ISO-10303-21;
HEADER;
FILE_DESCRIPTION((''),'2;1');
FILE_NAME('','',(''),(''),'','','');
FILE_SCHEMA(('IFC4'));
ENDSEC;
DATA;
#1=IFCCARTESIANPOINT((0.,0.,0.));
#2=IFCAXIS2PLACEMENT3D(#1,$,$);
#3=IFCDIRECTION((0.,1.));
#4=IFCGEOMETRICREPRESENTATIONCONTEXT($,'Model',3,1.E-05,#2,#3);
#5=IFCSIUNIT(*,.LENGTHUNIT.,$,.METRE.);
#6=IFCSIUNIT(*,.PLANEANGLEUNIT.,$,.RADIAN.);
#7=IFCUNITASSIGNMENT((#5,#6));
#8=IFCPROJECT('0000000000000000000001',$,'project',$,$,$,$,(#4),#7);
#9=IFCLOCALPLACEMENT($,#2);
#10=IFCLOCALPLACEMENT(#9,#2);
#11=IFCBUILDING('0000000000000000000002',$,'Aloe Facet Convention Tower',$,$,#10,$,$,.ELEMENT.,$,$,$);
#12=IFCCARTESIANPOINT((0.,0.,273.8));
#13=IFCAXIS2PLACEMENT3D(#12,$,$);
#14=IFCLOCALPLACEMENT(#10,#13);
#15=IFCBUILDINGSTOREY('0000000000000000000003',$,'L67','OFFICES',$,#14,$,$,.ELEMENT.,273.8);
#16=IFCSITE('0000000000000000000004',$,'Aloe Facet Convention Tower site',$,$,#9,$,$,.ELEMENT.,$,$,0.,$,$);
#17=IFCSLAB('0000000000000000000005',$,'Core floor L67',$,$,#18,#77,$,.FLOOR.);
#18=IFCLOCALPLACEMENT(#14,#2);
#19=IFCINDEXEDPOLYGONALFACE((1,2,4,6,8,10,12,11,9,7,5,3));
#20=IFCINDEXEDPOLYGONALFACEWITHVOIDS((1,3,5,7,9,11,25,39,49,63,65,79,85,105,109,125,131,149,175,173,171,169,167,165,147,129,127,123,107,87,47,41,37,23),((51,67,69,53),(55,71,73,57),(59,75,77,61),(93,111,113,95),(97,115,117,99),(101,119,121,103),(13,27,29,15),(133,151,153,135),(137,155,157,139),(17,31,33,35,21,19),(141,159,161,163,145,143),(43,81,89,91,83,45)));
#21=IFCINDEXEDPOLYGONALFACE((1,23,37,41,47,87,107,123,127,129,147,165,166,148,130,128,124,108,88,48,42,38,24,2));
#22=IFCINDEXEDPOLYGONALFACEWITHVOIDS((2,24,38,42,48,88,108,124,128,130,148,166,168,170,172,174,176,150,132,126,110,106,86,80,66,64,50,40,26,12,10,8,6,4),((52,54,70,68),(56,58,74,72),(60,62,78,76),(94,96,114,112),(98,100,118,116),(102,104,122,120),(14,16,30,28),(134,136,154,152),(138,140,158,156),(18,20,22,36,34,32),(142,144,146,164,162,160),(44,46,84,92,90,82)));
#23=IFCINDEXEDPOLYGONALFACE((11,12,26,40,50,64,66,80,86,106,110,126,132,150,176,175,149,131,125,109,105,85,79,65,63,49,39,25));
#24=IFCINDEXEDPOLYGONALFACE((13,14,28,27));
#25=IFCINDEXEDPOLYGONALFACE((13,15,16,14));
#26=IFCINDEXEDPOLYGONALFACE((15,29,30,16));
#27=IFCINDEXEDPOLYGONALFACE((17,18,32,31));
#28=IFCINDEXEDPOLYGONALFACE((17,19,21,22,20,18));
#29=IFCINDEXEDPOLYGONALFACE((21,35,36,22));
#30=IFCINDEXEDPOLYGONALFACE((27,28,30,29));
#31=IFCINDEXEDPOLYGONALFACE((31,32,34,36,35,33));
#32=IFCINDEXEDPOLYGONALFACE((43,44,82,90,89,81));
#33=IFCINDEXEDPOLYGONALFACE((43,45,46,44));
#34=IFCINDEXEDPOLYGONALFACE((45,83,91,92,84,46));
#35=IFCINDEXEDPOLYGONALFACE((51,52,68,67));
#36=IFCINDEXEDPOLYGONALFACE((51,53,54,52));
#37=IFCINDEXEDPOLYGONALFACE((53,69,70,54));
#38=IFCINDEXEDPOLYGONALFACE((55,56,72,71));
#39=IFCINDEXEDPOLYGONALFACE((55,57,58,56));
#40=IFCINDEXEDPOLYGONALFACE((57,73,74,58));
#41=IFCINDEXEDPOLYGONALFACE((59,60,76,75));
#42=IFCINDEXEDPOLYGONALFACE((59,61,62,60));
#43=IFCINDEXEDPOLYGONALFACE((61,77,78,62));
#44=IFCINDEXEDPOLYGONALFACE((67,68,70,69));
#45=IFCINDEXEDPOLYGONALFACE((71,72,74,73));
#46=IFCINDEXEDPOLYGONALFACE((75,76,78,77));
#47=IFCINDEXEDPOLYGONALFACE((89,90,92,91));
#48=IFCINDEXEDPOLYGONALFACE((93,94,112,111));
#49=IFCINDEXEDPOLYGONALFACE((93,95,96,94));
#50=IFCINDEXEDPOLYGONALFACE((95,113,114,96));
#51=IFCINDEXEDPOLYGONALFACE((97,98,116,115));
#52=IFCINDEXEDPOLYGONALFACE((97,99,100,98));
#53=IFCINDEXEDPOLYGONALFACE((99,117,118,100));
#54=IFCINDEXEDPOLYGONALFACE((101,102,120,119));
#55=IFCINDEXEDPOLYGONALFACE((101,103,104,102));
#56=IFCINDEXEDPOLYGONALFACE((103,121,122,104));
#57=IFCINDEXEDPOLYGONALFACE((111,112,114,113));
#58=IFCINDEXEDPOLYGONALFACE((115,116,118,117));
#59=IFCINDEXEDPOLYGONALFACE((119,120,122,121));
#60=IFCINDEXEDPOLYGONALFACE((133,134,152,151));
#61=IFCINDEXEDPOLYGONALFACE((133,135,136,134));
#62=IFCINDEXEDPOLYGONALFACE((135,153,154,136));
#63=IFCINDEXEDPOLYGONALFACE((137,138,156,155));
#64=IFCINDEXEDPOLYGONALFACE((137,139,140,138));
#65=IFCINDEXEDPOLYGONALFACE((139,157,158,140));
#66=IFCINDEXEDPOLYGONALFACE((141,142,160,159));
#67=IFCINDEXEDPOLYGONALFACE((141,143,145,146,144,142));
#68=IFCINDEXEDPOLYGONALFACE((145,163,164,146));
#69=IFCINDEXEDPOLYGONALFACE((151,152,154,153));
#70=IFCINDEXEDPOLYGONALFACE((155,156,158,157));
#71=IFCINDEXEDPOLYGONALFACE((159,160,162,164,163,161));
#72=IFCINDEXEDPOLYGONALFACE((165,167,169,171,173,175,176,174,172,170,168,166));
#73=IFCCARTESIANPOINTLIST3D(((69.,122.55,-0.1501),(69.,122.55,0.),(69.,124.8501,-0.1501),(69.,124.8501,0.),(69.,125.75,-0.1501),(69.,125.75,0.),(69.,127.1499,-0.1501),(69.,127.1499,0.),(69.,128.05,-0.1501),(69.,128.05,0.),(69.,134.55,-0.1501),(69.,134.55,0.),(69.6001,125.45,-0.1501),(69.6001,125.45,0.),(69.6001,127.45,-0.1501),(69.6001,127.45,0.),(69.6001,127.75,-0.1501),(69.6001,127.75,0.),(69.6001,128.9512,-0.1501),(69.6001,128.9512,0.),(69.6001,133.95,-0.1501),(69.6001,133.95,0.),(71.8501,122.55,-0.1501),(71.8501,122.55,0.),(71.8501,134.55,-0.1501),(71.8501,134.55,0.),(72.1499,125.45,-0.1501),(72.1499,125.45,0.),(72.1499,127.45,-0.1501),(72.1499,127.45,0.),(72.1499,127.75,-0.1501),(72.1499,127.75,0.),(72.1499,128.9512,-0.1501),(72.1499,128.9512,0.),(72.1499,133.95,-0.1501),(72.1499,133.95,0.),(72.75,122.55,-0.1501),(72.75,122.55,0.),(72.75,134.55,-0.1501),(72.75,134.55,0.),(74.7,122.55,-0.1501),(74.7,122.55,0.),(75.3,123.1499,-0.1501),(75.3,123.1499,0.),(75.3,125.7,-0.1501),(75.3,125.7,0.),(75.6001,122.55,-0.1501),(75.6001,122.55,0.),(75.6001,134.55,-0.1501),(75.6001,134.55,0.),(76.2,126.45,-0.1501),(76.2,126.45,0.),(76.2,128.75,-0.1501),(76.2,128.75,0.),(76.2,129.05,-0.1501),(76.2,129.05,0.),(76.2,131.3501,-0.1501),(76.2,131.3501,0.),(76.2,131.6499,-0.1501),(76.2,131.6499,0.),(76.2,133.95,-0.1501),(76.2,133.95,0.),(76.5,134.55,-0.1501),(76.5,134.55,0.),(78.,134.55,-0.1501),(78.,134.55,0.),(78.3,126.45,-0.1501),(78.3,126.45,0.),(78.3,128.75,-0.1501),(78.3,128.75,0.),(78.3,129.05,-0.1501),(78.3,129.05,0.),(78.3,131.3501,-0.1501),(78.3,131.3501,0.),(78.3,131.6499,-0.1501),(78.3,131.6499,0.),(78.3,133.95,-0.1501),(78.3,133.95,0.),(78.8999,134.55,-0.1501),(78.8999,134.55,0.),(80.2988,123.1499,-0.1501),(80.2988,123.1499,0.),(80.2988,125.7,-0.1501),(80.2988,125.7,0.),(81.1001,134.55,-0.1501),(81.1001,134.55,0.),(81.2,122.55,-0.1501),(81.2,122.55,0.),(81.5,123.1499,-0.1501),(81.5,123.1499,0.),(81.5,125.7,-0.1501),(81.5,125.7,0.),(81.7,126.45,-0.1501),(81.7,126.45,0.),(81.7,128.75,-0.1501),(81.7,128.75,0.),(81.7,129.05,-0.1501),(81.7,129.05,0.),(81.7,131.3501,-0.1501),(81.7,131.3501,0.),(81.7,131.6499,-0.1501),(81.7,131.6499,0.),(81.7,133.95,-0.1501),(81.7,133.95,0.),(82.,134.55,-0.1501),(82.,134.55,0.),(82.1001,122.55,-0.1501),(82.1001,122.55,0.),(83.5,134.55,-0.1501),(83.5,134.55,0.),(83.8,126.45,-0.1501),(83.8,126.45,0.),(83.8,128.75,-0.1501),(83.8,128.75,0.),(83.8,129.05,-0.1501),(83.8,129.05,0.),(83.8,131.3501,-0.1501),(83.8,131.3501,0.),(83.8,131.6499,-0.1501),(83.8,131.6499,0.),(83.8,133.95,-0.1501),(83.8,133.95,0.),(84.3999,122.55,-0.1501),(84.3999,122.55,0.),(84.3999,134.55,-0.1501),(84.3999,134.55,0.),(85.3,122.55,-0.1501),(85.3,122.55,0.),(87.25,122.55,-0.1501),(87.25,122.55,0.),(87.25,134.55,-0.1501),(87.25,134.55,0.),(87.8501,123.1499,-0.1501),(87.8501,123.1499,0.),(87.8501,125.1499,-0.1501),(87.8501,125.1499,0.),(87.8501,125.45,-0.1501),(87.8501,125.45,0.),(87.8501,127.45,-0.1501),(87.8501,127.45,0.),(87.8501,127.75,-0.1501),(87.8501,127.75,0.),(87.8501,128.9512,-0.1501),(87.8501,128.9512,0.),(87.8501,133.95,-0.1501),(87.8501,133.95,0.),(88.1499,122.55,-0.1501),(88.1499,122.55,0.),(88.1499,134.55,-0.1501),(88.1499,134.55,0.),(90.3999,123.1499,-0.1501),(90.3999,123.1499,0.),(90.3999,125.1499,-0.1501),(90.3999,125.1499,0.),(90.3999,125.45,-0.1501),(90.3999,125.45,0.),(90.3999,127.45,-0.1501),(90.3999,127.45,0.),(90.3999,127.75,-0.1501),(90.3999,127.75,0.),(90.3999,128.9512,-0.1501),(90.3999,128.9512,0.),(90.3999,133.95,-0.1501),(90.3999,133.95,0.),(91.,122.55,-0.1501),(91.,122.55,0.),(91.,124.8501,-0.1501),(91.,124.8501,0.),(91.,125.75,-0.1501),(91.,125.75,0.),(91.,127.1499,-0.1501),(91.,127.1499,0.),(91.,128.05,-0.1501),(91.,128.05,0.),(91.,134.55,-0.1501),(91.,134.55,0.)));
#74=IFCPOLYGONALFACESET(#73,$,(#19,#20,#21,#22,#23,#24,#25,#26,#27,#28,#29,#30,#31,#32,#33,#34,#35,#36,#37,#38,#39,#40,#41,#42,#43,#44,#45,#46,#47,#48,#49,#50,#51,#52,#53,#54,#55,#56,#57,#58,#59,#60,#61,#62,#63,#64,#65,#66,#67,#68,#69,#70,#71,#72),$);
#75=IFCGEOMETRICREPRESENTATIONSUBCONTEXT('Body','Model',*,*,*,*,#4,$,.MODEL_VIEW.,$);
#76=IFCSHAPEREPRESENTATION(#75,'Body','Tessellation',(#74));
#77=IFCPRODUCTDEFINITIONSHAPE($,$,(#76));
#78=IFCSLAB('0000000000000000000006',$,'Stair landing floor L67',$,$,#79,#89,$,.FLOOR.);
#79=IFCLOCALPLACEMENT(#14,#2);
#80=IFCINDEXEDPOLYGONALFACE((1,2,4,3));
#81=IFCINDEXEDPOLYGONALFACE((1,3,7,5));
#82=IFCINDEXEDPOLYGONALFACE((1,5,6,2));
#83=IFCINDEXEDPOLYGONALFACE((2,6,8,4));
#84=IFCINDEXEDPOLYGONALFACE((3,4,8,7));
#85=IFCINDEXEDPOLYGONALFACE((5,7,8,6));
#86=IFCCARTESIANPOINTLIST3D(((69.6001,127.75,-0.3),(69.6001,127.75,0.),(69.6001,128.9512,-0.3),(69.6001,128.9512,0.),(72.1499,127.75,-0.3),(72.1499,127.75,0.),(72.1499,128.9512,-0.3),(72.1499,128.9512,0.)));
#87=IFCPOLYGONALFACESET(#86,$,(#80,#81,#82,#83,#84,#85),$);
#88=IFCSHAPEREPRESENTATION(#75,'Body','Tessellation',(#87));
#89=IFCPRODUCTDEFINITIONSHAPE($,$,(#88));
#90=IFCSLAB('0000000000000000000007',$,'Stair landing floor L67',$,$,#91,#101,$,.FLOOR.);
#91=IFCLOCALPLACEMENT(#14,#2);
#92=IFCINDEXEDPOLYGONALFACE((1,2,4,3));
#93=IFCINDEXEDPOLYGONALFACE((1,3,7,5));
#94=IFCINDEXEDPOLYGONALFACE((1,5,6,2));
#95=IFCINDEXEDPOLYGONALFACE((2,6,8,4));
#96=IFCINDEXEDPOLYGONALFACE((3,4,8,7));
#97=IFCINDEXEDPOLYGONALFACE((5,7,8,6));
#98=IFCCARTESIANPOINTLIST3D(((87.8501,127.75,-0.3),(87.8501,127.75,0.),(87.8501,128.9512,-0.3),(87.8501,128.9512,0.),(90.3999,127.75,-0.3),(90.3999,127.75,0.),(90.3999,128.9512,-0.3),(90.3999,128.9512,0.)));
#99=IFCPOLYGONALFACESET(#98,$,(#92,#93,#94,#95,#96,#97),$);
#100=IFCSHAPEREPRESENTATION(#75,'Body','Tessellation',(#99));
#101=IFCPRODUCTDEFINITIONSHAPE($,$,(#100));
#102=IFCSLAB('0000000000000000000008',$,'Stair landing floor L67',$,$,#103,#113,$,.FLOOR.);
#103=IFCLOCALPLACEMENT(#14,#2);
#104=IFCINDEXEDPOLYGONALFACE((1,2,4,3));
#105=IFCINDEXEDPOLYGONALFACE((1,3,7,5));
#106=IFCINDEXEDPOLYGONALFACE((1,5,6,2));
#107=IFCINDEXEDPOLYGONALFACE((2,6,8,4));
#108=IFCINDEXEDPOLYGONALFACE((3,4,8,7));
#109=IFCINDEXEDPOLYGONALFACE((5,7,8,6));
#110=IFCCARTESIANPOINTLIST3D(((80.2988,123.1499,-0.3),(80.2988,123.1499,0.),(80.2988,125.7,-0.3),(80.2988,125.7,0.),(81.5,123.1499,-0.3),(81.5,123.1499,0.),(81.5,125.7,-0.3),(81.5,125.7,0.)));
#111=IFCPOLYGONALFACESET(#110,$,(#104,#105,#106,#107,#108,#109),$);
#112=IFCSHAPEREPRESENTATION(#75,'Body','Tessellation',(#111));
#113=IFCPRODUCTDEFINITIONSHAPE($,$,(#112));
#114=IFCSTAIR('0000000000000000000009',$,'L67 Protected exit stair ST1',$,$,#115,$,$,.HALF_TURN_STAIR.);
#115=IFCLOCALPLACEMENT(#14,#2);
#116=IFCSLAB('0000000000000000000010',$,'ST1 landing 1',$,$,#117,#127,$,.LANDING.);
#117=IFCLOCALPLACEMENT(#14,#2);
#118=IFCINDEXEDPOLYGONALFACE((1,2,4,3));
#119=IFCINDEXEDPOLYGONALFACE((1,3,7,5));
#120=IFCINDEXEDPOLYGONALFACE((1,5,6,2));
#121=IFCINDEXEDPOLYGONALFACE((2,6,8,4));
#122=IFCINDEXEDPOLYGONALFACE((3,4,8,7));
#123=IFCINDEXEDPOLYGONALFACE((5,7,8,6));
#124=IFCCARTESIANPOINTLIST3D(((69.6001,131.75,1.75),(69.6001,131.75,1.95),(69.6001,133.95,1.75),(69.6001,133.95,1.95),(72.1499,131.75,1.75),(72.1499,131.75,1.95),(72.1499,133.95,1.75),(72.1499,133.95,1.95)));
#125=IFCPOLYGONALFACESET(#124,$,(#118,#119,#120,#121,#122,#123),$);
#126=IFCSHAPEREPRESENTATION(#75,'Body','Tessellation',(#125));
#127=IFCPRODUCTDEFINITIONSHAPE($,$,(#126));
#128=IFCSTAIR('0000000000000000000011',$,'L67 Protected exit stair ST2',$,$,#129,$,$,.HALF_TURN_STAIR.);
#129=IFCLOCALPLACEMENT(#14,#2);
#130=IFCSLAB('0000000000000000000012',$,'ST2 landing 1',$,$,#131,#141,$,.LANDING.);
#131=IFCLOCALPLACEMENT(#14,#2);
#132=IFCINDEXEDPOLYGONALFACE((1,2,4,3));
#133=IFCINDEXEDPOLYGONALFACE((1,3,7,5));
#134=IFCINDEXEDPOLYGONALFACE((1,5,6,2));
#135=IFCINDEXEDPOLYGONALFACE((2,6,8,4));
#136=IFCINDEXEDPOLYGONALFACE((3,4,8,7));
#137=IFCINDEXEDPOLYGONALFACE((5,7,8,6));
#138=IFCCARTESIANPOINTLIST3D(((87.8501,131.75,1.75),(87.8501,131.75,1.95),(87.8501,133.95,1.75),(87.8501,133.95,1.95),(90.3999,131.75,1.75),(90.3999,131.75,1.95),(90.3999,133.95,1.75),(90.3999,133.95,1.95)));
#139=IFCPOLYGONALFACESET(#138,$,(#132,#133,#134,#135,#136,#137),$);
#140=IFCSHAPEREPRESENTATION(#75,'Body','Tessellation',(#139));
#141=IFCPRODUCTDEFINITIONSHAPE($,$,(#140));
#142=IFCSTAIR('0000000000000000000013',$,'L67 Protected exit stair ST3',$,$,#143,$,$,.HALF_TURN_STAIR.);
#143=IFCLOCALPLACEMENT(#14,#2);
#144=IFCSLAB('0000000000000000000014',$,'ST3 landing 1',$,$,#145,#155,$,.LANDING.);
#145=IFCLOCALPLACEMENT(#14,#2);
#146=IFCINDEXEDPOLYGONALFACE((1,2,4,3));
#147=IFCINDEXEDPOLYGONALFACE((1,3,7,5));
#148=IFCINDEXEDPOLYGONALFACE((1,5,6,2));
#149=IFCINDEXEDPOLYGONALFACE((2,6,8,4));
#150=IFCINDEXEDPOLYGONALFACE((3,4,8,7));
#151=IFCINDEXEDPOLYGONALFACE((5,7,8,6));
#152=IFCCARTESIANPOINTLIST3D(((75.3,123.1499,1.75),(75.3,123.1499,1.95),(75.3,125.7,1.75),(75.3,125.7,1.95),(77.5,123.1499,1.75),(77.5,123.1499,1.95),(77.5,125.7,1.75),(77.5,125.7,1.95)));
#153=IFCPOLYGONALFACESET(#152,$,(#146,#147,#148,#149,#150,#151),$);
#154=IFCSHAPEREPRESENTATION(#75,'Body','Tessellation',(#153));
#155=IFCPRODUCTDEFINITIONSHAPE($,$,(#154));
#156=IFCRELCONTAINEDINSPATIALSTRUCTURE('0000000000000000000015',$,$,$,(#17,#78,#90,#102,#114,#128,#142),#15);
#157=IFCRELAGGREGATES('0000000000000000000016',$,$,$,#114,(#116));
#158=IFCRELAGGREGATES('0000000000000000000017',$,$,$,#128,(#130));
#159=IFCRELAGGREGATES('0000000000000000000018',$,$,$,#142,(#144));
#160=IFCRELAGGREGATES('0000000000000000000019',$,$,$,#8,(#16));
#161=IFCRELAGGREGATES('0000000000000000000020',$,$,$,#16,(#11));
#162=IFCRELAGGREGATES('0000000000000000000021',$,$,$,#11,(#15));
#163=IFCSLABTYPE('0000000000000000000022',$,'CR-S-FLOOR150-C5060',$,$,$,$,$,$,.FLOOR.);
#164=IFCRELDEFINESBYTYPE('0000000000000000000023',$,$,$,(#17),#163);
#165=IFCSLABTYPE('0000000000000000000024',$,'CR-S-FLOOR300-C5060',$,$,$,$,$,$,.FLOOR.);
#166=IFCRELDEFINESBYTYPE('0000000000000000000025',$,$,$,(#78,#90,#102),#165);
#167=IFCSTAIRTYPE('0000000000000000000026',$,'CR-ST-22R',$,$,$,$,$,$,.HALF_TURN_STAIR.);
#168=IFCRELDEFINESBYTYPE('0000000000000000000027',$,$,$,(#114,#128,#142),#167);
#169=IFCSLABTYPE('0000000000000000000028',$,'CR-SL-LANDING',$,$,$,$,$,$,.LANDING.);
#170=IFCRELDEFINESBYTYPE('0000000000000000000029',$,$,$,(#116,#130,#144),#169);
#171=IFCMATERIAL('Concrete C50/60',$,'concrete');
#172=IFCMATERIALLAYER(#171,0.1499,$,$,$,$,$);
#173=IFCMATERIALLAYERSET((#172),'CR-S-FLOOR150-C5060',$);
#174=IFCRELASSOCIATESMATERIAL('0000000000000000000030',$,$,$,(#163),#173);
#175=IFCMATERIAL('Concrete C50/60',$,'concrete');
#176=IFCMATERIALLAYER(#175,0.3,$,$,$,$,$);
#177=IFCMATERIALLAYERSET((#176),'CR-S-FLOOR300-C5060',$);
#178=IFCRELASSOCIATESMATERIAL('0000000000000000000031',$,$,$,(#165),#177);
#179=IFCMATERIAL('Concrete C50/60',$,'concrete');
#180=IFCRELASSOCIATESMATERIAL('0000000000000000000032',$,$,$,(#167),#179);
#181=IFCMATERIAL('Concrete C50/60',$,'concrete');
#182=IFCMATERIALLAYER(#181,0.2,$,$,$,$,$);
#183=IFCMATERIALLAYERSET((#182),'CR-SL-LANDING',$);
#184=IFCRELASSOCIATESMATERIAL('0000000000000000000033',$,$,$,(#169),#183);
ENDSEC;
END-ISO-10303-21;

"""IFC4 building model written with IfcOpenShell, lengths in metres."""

from ifc_helpers import new_model, si_unit, direction, frame, origin, place, context, subcontext, project, spatial, polyline, outline, extrude, material, layer, layer_set, type_object, element, aggregate, save


model = new_model("IFC4")

# Units and contexts
model_context = context("Model", 3, precision=1e-05, world=origin(), true_north=direction((0.0, 1.0)))
body_context = subcontext(model_context, "Body", "Model", "MODEL_VIEW")
ifc_project = project(units=[si_unit("LENGTHUNIT", "METRE"), si_unit("PLANEANGLEUNIT", "RADIAN")], contexts=[model_context])

# Site, building, storey
site_placement = place(None, origin())
site = spatial("IfcSite", under=ifc_project, at=site_placement, Name="Aloe Facet Convention Tower site", CompositionType="ELEMENT", RefElevation=0.0)
building_placement = place(site_placement, origin())
building = spatial("IfcBuilding", under=site, at=building_placement, Name="Aloe Facet Convention Tower", CompositionType="ELEMENT")
storey_placement = place(building_placement, frame((0.0, 0.0, 273.8)))
storey = spatial("IfcBuildingStorey", under=building, at=storey_placement, Name="L67", Description="OFFICES", CompositionType="ELEMENT", Elevation=273.8)

# Slabs
ifc_material_1 = material(Name="Concrete C50/60", Category="concrete")
ifc_layer_1 = layer(ifc_material_1, 0.1499)
ifc_layer_set_1 = layer_set([ifc_layer_1], Name="CR-S-FLOOR150-C5060")
slab_type_1 = type_object("IfcSlabType", Name="CR-S-FLOOR150-C5060", PredefinedType="FLOOR", material=ifc_layer_set_1)
slab_1_placement = place(storey_placement, frame((0.0, 0.0, -0.1501)))
element("IfcSlab", 1, at=slab_1_placement, inside=storey, type_object=slab_type_1, Name="Core floor L67", PredefinedType="FLOOR", context=body_context, shape_type="SweptSolid", body=[
    extrude(outline(polyline([(71.8501, 134.55), (72.75, 134.55), (75.6001, 134.55), (76.5, 134.55), (78.0, 134.55), (78.8999, 134.55), (81.1001, 134.55), (82.0, 134.55), (83.5, 134.55), (84.3999, 134.55), (87.25, 134.55), (88.1499, 134.55), (91.0, 134.55), (91.0, 128.05), (91.0, 127.1499), (91.0, 125.75), (91.0, 124.8501), (91.0, 122.55), (88.1499, 122.55), (87.25, 122.55), (85.3, 122.55), (84.3999, 122.55), (82.1001, 122.55), (81.2, 122.55), (75.6001, 122.55), (74.7, 122.55), (72.75, 122.55), (71.8501, 122.55), (69.0, 122.55), (69.0, 124.8501), (69.0, 125.75), (69.0, 127.1499), (69.0, 128.05), (69.0, 134.55), (71.8501, 134.55)]), holes=[polyline([(80.2988, 123.1499), (81.5, 123.1499), (81.5, 125.7), (80.2988, 125.7), (75.3, 125.7), (75.3, 123.1499), (80.2988, 123.1499)]), polyline([(69.6001, 125.45), (72.1499, 125.45), (72.1499, 127.45), (69.6001, 127.45), (69.6001, 125.45)]), polyline([(76.2, 126.45), (78.3, 126.45), (78.3, 128.75), (76.2, 128.75), (76.2, 126.45)]), polyline([(78.3, 129.05), (78.3, 131.3501), (76.2, 131.3501), (76.2, 129.05), (78.3, 129.05)]), polyline([(69.6001, 133.95), (69.6001, 128.9512), (69.6001, 127.75), (72.1499, 127.75), (72.1499, 128.9512), (72.1499, 133.95), (69.6001, 133.95)]), polyline([(76.2, 131.6499), (78.3, 131.6499), (78.3, 133.95), (76.2, 133.95), (76.2, 131.6499)]), polyline([(90.3999, 123.1499), (90.3999, 125.1499), (87.8501, 125.1499), (87.8501, 123.1499), (90.3999, 123.1499)]), polyline([(87.8501, 125.45), (90.3999, 125.45), (90.3999, 127.45), (87.8501, 127.45), (87.8501, 125.45)]), polyline([(81.7, 126.45), (83.8, 126.45), (83.8, 128.75), (81.7, 128.75), (81.7, 126.45)]), polyline([(83.8, 129.05), (83.8, 131.3501), (81.7, 131.3501), (81.7, 129.05), (83.8, 129.05)]), polyline([(87.8501, 133.95), (87.8501, 128.9512), (87.8501, 127.75), (90.3999, 127.75), (90.3999, 128.9512), (90.3999, 133.95), (87.8501, 133.95)]), polyline([(81.7, 131.6499), (83.8, 131.6499), (83.8, 133.95), (81.7, 133.95), (81.7, 131.6499)])]), origin(), (0.0, 0.0, 1.0), 0.1501),
])
ifc_material_2 = material(Name="Concrete C50/60", Category="concrete")
ifc_layer_2 = layer(ifc_material_2, 0.3)
ifc_layer_set_2 = layer_set([ifc_layer_2], Name="CR-S-FLOOR300-C5060")
slab_type_2 = type_object("IfcSlabType", Name="CR-S-FLOOR300-C5060", PredefinedType="FLOOR", material=ifc_layer_set_2)
slab_2_placement = place(storey_placement, frame((0.0, 0.0, -0.3)))
element("IfcSlab", 2, at=slab_2_placement, inside=storey, type_object=slab_type_2, Name="Stair landing floor L67", PredefinedType="FLOOR", context=body_context, shape_type="SweptSolid", body=[
    extrude(outline(polyline([(72.1499, 127.75), (72.1499, 128.9512), (69.6001, 128.9512), (69.6001, 127.75), (72.1499, 127.75)])), origin(), (0.0, 0.0, 1.0), 0.3),
])
slab_3_placement = place(storey_placement, frame((0.0, 0.0, -0.3)))
element("IfcSlab", 3, at=slab_3_placement, inside=storey, type_object=slab_type_2, Name="Stair landing floor L67", PredefinedType="FLOOR", context=body_context, shape_type="SweptSolid", body=[
    extrude(outline(polyline([(90.3999, 127.75), (90.3999, 128.9512), (87.8501, 128.9512), (87.8501, 127.75), (90.3999, 127.75)])), origin(), (0.0, 0.0, 1.0), 0.3),
])
slab_4_placement = place(storey_placement, frame((0.0, 0.0, -0.3)))
element("IfcSlab", 4, at=slab_4_placement, inside=storey, type_object=slab_type_2, Name="Stair landing floor L67", PredefinedType="FLOOR", context=body_context, shape_type="SweptSolid", body=[
    extrude(outline(polyline([(81.5, 125.7), (80.2988, 125.7), (80.2988, 123.1499), (81.5, 123.1499), (81.5, 125.7)])), origin(), (0.0, 0.0, 1.0), 0.3),
])

# Stairs, slabs
ifc_material_3 = material(Name="Concrete C50/60", Category="concrete")
stair_type = type_object("IfcStairType", Name="CR-ST-22R", PredefinedType="HALF_TURN_STAIR", material=ifc_material_3)
stair_1_placement = place(storey_placement, origin())
stair_1 = element("IfcStair", 5, at=stair_1_placement, inside=storey, type_object=stair_type, Name="L67 Protected exit stair ST1", PredefinedType="HALF_TURN_STAIR")
ifc_material_4 = material(Name="Concrete C50/60", Category="concrete")
ifc_layer_3 = layer(ifc_material_4, 0.2)
ifc_layer_set_3 = layer_set([ifc_layer_3], Name="CR-SL-LANDING")
slab_type_3 = type_object("IfcSlabType", Name="CR-SL-LANDING", PredefinedType="LANDING", material=ifc_layer_set_3)
slab_5_placement = place(storey_placement, frame((0.0, 0.0, 1.75)))
slab_5 = element("IfcSlab", 6, at=slab_5_placement, type_object=slab_type_3, Name="ST1 landing 1", PredefinedType="LANDING", context=body_context, shape_type="SweptSolid", body=[
    extrude(outline(polyline([(72.1499, 131.75), (72.1499, 133.95), (69.6001, 133.95), (69.6001, 131.75), (72.1499, 131.75)])), origin(), (0.0, 0.0, 1.0), 0.2),
])
aggregate(stair_1, [slab_5])
stair_2_placement = place(storey_placement, origin())
stair_2 = element("IfcStair", 7, at=stair_2_placement, inside=storey, type_object=stair_type, Name="L67 Protected exit stair ST2", PredefinedType="HALF_TURN_STAIR")
slab_6_placement = place(storey_placement, frame((0.0, 0.0, 1.75)))
slab_6 = element("IfcSlab", 8, at=slab_6_placement, type_object=slab_type_3, Name="ST2 landing 1", PredefinedType="LANDING", context=body_context, shape_type="SweptSolid", body=[
    extrude(outline(polyline([(90.3999, 131.75), (90.3999, 133.95), (87.8501, 133.95), (87.8501, 131.75), (90.3999, 131.75)])), origin(), (0.0, 0.0, 1.0), 0.2),
])
aggregate(stair_2, [slab_6])
stair_3_placement = place(storey_placement, origin())
stair_3 = element("IfcStair", 9, at=stair_3_placement, inside=storey, type_object=stair_type, Name="L67 Protected exit stair ST3", PredefinedType="HALF_TURN_STAIR")
slab_7_placement = place(storey_placement, frame((0.0, 0.0, 1.75)))
slab_7 = element("IfcSlab", 10, at=slab_7_placement, type_object=slab_type_3, Name="ST3 landing 1", PredefinedType="LANDING", context=body_context, shape_type="SweptSolid", body=[
    extrude(outline(polyline([(77.5, 125.7), (75.3, 125.7), (75.3, 123.1499), (77.5, 123.1499), (77.5, 125.7)])), origin(), (0.0, 0.0, 1.0), 0.2),
])
aggregate(stair_3, [slab_7])

save(model, "model.ifc")
